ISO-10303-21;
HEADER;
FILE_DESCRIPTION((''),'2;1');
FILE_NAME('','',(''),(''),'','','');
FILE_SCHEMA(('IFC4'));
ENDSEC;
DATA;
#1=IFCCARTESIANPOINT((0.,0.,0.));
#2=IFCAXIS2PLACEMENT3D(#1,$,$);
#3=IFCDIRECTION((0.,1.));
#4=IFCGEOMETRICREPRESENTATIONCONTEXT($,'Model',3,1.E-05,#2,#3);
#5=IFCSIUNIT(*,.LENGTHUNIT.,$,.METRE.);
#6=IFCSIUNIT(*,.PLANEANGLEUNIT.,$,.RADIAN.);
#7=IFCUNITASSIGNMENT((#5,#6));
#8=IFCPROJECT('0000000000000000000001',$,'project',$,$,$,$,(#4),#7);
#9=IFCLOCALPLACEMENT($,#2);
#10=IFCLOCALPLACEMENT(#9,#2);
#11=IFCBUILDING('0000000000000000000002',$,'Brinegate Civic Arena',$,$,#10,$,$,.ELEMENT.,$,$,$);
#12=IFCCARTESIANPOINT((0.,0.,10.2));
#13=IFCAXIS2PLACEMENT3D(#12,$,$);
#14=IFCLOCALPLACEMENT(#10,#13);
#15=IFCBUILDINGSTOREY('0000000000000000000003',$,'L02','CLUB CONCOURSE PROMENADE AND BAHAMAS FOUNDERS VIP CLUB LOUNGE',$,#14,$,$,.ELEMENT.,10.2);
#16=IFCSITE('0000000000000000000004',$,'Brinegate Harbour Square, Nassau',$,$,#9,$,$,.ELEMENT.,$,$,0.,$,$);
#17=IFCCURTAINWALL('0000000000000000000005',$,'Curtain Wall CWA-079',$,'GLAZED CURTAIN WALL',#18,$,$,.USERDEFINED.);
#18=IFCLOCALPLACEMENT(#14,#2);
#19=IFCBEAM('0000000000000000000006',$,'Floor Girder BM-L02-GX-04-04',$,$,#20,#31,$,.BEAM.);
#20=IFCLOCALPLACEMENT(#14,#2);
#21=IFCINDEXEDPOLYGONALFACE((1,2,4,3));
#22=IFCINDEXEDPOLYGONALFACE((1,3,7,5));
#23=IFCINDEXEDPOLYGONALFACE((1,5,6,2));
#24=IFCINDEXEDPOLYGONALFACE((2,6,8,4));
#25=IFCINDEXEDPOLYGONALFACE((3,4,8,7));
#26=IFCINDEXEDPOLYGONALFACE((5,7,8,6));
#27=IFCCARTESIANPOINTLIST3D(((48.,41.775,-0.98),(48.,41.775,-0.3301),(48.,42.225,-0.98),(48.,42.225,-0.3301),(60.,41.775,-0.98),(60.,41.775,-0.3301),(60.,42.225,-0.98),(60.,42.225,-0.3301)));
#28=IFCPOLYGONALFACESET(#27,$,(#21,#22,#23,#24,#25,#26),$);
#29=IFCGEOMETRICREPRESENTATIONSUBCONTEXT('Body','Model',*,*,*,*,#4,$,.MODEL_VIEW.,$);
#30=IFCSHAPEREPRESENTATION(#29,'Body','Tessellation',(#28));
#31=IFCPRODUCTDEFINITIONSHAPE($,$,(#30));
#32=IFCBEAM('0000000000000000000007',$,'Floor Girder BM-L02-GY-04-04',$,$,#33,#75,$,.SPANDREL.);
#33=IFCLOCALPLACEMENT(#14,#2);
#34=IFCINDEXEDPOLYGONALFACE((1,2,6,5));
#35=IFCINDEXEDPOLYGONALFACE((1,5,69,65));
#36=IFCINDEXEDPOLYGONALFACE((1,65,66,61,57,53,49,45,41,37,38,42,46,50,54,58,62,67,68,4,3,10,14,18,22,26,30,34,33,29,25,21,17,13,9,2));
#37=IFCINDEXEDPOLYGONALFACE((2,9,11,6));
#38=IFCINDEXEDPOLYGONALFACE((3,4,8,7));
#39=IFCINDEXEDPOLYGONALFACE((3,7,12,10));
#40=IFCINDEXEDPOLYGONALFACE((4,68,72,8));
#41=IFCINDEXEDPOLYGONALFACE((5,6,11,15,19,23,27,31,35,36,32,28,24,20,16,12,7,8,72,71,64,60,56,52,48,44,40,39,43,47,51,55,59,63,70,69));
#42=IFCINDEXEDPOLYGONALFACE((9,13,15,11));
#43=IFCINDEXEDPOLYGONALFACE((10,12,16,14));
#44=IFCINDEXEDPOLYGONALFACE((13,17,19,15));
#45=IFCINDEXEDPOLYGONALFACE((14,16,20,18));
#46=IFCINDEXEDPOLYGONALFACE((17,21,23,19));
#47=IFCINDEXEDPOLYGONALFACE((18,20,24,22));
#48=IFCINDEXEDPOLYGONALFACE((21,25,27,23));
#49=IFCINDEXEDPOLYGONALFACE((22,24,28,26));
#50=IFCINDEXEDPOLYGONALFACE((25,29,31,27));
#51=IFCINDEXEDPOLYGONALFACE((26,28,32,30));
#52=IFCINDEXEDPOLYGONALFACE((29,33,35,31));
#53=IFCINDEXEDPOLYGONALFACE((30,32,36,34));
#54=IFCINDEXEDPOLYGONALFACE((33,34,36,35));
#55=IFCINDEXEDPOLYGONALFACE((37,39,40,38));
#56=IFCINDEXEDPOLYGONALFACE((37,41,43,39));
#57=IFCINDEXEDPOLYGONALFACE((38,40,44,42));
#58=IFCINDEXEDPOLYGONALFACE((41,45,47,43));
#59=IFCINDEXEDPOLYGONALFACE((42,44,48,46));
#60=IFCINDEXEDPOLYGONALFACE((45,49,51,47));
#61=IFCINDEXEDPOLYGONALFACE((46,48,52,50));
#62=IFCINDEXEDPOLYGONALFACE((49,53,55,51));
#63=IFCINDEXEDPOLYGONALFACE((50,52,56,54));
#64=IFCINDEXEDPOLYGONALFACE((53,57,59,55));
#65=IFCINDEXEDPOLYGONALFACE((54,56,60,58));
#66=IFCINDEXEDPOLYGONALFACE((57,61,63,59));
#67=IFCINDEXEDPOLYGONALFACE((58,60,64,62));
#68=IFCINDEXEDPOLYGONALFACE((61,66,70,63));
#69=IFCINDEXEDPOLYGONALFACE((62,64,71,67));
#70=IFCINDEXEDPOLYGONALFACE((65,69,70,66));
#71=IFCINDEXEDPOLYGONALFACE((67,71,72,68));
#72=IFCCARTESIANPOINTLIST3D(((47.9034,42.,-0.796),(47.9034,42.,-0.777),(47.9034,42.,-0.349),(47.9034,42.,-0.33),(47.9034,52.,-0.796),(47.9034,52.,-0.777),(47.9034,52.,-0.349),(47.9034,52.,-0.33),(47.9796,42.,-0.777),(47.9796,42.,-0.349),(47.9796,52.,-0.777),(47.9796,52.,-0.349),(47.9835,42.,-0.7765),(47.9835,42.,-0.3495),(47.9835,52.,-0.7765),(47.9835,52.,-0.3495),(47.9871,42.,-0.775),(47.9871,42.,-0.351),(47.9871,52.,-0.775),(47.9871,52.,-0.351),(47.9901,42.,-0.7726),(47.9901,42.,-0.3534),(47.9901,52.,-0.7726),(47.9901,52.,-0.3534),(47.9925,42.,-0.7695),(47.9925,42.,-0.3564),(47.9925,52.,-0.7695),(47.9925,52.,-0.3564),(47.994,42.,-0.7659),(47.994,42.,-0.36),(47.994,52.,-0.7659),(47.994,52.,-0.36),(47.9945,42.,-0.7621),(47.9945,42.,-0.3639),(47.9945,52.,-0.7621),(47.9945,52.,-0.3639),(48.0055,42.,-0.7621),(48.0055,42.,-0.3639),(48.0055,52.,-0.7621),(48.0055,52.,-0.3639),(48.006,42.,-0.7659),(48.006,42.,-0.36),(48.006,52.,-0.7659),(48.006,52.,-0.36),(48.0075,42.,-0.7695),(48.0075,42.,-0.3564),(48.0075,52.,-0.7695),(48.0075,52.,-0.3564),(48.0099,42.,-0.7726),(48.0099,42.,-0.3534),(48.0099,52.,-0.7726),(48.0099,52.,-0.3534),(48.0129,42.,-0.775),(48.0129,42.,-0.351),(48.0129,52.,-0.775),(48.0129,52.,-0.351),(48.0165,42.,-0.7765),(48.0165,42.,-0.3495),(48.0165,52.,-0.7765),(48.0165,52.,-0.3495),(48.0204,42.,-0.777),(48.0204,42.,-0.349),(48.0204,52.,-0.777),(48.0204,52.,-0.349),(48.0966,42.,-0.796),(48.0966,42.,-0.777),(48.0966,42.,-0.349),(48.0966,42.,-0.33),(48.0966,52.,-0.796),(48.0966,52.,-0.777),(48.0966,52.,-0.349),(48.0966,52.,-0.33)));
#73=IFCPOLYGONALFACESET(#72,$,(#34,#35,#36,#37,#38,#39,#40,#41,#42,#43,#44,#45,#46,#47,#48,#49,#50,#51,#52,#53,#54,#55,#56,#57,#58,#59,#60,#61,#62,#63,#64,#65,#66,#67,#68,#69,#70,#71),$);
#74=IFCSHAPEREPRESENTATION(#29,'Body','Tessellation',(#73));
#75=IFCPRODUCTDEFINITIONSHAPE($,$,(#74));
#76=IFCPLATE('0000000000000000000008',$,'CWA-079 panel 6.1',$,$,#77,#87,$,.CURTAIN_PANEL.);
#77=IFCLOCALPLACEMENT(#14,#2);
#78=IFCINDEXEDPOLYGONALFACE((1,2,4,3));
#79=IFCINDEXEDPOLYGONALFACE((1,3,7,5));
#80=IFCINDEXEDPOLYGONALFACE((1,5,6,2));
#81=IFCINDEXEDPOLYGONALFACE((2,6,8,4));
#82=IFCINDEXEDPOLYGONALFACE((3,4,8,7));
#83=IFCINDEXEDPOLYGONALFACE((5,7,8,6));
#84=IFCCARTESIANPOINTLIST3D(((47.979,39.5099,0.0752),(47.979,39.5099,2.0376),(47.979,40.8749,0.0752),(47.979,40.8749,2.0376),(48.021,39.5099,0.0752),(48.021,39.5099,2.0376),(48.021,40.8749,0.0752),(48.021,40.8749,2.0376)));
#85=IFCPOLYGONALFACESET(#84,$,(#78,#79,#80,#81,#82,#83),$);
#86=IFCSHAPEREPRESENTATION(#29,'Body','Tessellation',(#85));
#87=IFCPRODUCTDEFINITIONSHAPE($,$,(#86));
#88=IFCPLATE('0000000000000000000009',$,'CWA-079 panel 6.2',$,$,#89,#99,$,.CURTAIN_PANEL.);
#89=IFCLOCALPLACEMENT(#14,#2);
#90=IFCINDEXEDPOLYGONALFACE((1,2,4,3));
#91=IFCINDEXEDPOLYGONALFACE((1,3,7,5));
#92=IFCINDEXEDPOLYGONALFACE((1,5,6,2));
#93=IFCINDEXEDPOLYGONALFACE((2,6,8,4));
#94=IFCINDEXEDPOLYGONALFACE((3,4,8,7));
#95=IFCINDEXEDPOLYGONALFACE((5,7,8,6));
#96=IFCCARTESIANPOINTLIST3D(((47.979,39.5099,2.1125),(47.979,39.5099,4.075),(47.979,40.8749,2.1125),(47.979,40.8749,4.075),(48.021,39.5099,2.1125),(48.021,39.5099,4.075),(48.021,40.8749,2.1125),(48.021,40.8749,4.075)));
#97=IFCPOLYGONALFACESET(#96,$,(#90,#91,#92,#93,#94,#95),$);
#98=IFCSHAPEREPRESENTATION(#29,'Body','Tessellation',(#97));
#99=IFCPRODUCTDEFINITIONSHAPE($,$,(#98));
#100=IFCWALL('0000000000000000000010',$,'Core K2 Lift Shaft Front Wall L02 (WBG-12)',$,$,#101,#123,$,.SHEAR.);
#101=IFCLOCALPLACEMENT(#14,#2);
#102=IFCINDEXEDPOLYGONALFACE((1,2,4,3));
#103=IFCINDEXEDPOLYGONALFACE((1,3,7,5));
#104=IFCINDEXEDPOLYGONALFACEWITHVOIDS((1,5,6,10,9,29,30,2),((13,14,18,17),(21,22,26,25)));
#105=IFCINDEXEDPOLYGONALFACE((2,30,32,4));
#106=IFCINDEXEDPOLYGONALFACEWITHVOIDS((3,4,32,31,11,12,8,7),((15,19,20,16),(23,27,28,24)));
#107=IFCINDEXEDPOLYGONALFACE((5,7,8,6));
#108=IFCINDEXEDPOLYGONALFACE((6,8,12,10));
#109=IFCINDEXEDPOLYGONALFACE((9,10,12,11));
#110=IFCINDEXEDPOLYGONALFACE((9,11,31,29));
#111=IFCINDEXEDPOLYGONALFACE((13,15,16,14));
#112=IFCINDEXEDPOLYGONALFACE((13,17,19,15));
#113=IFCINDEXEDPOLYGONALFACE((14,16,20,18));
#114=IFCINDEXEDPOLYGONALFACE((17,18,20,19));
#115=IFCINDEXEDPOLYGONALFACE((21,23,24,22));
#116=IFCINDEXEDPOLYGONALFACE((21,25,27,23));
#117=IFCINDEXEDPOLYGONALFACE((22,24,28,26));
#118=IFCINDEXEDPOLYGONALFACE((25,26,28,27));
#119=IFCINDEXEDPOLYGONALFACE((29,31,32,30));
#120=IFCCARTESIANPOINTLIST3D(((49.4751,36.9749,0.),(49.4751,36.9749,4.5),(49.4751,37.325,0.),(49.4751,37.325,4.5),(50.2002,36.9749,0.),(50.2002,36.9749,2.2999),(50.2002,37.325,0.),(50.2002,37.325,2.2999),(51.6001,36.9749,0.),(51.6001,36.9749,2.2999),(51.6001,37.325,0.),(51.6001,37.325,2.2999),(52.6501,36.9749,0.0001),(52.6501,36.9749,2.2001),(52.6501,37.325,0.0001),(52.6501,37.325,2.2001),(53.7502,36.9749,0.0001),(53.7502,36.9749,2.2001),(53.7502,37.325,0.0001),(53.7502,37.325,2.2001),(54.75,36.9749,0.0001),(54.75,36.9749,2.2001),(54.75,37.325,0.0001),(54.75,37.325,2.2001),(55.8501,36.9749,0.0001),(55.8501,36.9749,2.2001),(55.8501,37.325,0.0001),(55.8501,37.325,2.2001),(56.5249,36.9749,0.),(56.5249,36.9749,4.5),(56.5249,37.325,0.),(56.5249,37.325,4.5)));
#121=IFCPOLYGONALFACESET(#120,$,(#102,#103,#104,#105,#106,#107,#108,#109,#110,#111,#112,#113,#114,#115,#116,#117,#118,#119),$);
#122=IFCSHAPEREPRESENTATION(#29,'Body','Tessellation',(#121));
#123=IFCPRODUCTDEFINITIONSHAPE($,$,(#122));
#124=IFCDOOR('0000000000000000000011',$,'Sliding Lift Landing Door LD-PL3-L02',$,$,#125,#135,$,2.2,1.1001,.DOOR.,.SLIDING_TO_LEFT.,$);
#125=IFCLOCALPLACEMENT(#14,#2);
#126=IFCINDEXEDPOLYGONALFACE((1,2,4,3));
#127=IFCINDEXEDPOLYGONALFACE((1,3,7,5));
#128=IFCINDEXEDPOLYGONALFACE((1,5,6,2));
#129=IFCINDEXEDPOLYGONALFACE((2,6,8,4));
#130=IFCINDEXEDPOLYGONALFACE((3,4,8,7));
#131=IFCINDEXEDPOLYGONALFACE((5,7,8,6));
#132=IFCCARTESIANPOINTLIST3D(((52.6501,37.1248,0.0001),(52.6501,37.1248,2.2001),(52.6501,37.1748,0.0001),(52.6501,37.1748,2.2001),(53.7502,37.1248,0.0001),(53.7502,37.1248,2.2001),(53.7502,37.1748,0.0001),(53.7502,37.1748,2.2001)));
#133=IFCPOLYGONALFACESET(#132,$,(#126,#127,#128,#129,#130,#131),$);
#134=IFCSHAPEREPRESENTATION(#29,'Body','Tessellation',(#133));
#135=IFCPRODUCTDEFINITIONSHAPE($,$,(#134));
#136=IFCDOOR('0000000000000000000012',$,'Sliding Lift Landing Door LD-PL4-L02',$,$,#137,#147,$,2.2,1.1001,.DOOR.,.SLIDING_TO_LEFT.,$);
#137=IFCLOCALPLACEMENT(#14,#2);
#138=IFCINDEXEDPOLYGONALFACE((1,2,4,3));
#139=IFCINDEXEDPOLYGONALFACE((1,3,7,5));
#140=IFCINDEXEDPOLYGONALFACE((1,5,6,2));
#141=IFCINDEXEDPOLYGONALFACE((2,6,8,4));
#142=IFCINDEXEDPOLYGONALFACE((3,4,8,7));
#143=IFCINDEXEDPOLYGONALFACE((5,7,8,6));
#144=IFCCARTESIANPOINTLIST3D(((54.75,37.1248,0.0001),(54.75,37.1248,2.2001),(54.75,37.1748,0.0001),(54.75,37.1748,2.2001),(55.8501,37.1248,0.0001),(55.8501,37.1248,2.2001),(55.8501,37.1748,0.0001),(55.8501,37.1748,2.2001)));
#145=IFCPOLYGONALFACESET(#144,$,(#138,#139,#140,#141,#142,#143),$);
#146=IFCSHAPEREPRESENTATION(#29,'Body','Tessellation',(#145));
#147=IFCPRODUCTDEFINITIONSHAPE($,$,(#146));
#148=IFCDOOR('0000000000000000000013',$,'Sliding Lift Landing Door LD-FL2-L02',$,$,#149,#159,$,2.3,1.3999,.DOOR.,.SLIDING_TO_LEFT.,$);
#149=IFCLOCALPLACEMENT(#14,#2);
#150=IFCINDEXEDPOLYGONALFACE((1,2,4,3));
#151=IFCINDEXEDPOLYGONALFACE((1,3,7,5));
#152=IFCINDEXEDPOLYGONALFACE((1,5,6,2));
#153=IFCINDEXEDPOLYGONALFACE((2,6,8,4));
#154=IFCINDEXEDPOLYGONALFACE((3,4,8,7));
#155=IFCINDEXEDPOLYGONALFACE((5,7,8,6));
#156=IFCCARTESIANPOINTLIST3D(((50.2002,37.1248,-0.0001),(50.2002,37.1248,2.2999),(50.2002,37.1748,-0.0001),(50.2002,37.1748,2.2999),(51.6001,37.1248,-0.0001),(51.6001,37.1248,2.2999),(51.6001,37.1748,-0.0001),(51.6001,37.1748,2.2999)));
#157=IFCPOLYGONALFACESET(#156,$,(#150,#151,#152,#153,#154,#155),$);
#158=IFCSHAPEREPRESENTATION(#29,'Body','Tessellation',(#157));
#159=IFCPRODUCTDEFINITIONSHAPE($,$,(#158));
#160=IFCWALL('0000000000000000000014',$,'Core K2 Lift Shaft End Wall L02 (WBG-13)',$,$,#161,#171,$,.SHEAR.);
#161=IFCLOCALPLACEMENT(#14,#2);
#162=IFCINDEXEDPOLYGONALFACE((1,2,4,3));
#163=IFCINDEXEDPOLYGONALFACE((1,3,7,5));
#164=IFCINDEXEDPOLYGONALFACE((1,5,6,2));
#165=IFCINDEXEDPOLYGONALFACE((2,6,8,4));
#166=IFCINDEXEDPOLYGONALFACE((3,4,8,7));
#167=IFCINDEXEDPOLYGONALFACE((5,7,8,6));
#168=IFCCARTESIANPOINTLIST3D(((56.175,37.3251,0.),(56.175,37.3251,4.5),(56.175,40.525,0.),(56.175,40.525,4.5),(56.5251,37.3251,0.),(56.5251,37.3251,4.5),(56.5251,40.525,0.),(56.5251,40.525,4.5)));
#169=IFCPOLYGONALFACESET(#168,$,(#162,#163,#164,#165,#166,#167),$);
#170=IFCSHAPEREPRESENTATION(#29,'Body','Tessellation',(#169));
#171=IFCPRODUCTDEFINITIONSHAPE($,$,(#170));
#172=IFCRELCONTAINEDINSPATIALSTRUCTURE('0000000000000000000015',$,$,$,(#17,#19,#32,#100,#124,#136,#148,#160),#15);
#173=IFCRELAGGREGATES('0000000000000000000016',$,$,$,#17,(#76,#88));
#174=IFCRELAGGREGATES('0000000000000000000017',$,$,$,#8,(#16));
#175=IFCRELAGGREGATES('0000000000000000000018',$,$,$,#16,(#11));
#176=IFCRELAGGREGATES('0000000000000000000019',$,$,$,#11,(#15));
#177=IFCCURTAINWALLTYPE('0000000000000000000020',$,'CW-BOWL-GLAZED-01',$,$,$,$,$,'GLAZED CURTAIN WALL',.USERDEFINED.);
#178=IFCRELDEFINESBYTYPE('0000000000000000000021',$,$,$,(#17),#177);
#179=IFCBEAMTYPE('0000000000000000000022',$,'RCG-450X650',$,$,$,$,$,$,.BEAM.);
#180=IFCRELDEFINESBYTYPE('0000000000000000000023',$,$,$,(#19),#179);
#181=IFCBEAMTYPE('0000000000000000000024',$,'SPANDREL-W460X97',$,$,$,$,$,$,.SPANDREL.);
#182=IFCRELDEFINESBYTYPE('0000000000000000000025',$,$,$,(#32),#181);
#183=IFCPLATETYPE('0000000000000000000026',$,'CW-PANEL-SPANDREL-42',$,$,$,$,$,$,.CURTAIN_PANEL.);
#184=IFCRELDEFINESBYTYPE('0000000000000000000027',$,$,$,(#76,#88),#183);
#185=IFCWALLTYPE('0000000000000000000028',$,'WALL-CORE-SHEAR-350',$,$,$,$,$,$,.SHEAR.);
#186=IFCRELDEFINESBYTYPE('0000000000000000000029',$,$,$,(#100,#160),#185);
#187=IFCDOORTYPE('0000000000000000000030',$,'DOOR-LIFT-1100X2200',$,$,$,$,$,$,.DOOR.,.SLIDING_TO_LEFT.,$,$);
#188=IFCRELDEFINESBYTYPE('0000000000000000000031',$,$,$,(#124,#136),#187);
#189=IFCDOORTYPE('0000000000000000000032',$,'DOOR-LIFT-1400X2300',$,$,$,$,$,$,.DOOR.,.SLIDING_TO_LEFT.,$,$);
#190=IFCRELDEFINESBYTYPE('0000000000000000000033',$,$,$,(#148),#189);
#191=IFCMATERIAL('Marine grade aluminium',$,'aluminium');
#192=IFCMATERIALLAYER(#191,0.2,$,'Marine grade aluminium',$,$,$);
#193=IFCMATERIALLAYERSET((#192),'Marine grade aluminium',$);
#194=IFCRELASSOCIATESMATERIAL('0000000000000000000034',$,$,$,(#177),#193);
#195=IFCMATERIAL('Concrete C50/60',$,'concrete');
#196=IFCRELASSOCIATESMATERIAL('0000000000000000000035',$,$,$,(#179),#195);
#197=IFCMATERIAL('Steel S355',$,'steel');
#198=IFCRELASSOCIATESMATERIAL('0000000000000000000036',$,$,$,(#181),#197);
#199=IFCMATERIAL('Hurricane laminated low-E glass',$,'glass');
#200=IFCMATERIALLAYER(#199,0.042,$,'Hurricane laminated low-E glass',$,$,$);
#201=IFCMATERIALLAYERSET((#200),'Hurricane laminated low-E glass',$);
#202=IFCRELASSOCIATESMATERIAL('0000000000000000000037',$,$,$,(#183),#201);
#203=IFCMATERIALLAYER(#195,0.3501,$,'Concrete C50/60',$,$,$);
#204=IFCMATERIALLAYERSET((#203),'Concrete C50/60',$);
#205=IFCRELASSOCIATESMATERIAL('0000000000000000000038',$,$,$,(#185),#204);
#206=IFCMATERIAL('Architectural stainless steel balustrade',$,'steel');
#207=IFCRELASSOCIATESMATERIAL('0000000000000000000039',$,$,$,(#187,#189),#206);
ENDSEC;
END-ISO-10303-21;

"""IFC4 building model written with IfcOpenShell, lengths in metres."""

from ifc_helpers import new_model, si_unit, direction, frame, frame_2d, origin, origin_2d, place, context, subcontext, project, spatial, rectangle, i_section, extrude, material, layer, layer_set, material_profile, profile_set, type_object, element, fill, aggregate, save


model = new_model("IFC4")

# Units and contexts
model_context = context("Model", 3, precision=1e-05, world=origin(), true_north=direction((0.0, 1.0)))
body_context = subcontext(model_context, "Body", "Model", "MODEL_VIEW")
ifc_project = project(units=[si_unit("LENGTHUNIT", "METRE"), si_unit("PLANEANGLEUNIT", "RADIAN")], contexts=[model_context])

# Site, building, storey
site_placement = place(None, origin())
site = spatial("IfcSite", under=ifc_project, at=site_placement, Name="Brinegate Harbour Square, Nassau", CompositionType="ELEMENT", RefElevation=0.0)
building_placement = place(site_placement, origin())
building = spatial("IfcBuilding", under=site, at=building_placement, Name="Brinegate Civic Arena", CompositionType="ELEMENT")
storey_placement = place(building_placement, frame((0.0, 0.0, 10.2)))
storey = spatial("IfcBuildingStorey", under=building, at=storey_placement, Name="L02", Description="CLUB CONCOURSE PROMENADE AND BAHAMAS FOUNDERS VIP CLUB LOUNGE", CompositionType="ELEMENT", Elevation=10.2)

# Shared definitions
ifc_material_1 = material(Name="Concrete C50/60", Category="concrete")

# Curtain wall
ifc_material_2 = material(Name="Marine grade aluminium", Category="aluminium")
ifc_layer_1 = layer(ifc_material_2, 0.2, Name="Marine grade aluminium")
ifc_layer_set_1 = layer_set([ifc_layer_1], Name="Marine grade aluminium")
curtain_wall_type = type_object("IfcCurtainWallType", Name="CW-BOWL-GLAZED-01", ElementType="GLAZED CURTAIN WALL", PredefinedType="USERDEFINED", material=ifc_layer_set_1)
curtain_wall_placement = place(storey_placement, origin())
curtain_wall = element("IfcCurtainWall", 1, at=curtain_wall_placement, inside=storey, type_object=curtain_wall_type, Name="Curtain Wall CWA-079", ObjectType="GLAZED CURTAIN WALL", PredefinedType="USERDEFINED")

# Beams
ifc_material_3 = material(Name="Steel S355", Category="steel")
ifc_material_profile_1 = material_profile(ifc_material_1, rectangle(XDim=0.45, YDim=0.6499, at=origin_2d()), Name="RCB450X650")
ifc_profile_set_1 = profile_set([ifc_material_profile_1], Name="Concrete C50/60")
beam_type_1 = type_object("IfcBeamType", Name="RCG-450X650", PredefinedType="BEAM", material=ifc_profile_set_1)
beam_1_placement = place(storey_placement, frame((48.0, 42.0, -0.655), z_axis=(1.0, 0.0, 0.0), x_axis=(0.0, 1.0, 0.0)))
element("IfcBeam", 2, at=beam_1_placement, inside=storey, type_object=beam_type_1, Name="Floor Girder BM-L02-GX-04-04", PredefinedType="BEAM", context=body_context, shape_type="SweptSolid", body=[
    extrude(rectangle(XDim=0.45, YDim=0.6499, at=origin_2d()), origin(), (0.0, 0.0, 1.0), 12.0),
])
ifc_material_profile_2 = material_profile(ifc_material_3, i_section(OverallWidth=0.1931, OverallDepth=0.4661, WebThickness=0.011, FlangeThickness=0.019, FilletRadius=0.0149, at=origin_2d()), Name="W460X97")
ifc_profile_set_2 = profile_set([ifc_material_profile_2], Name="Steel S355")
beam_type_2 = type_object("IfcBeamType", Name="SPANDREL-W460X97", PredefinedType="SPANDREL", material=ifc_profile_set_2)
beam_2_placement = place(storey_placement, frame((48.0, 42.0, -0.563), z_axis=(0.0, 1.0, 0.0), x_axis=(-1.0, 0.0, 0.0)))
element("IfcBeam", 3, at=beam_2_placement, inside=storey, type_object=beam_type_2, Name="Floor Girder BM-L02-GY-04-04", PredefinedType="SPANDREL", context=body_context, shape_type="SweptSolid", body=[
    extrude(i_section(OverallWidth=0.1931, OverallDepth=0.4661, WebThickness=0.011, FlangeThickness=0.019, FilletRadius=0.0149, at=origin_2d()), origin(), (0.0, 0.0, 1.0), 10.0),
])

# Plates
ifc_material_4 = material(Name="Hurricane laminated low-E glass", Category="glass")
ifc_layer_2 = layer(ifc_material_4, 0.042, Name="Hurricane laminated low-E glass")
ifc_layer_set_2 = layer_set([ifc_layer_2], Name="Hurricane laminated low-E glass")
plate_type = type_object("IfcPlateType", Name="CW-PANEL-SPANDREL-42", PredefinedType="CURTAIN_PANEL", material=ifc_layer_set_2)
plate_1_placement = place(storey_placement, frame((48.0, 40.1924, 0.0752), z_axis=(0.0, 0.0, 1.0), x_axis=(0.0, 1.0, 0.0)))
plate_1 = element("IfcPlate", 4, at=plate_1_placement, type_object=plate_type, Name="CWA-079 panel 6.1", PredefinedType="CURTAIN_PANEL", context=body_context, shape_type="SweptSolid", body=[
    extrude(rectangle(XDim=1.365, YDim=0.042, at=origin_2d()), origin(), (0.0, 0.0, 1.0), 1.9624),
])
plate_2_placement = place(storey_placement, frame((48.0, 40.1924, 2.1125), z_axis=(0.0, 0.0, 1.0), x_axis=(0.0, 1.0, 0.0)))
plate_2 = element("IfcPlate", 5, at=plate_2_placement, type_object=plate_type, Name="CWA-079 panel 6.2", PredefinedType="CURTAIN_PANEL", context=body_context, shape_type="SweptSolid", body=[
    extrude(rectangle(XDim=1.365, YDim=0.042, at=origin_2d()), origin(), (0.0, 0.0, 1.0), 1.9624),
])
aggregate(curtain_wall, [plate_1, plate_2])

# Wall, openings, doors
ifc_layer_3 = layer(ifc_material_1, 0.3501, Name="Concrete C50/60")
ifc_layer_set_3 = layer_set([ifc_layer_3], Name="Concrete C50/60")
wall_type_1 = type_object("IfcWallType", Name="WALL-CORE-SHEAR-350", PredefinedType="SHEAR", material=ifc_layer_set_3)
wall_1_placement = place(storey_placement, frame((49.4751, 37.1499, 0.0), z_axis=(0.0, 0.0, 1.0), x_axis=(1.0, 0.0, 0.0)))
wall_1 = element("IfcWall", 6, at=wall_1_placement, inside=storey, type_object=wall_type_1, Name="Core K2 Lift Shaft Front Wall L02 (WBG-12)", PredefinedType="SHEAR", context=body_context, shape_type="SweptSolid", body=[
    extrude(rectangle(XDim=7.0498, YDim=0.3501, at=frame_2d((3.5249, 0.0))), origin(), (0.0, 0.0, 1.0), 4.5),
])
opening_1_placement = place(wall_1_placement, frame((0.7251, 0.0, 0.0)))
opening_1 = element("IfcOpeningElement", 7, at=opening_1_placement, cuts=wall_1, PredefinedType="OPENING", context=body_context, shape_type="SweptSolid", body=[
    extrude(rectangle(XDim=1.3999, YDim=2.3, at=frame_2d((0.7, 1.1499))), frame((0.0, 0.1851, 0.0), z_axis=(0.0, -1.0, 0.0), x_axis=(1.0, 0.0, 0.0)), (0.0, 0.0, 1.0), 0.3701),
])
opening_2_placement = place(wall_1_placement, frame((3.175, 0.0, 0.0)))
opening_2 = element("IfcOpeningElement", 8, at=opening_2_placement, cuts=wall_1, PredefinedType="OPENING", context=body_context, shape_type="SweptSolid", body=[
    extrude(rectangle(XDim=1.1001, YDim=2.2, at=frame_2d((0.55, 1.1001))), frame((0.0, 0.1851, 0.0), z_axis=(0.0, -1.0, 0.0), x_axis=(1.0, 0.0, 0.0)), (0.0, 0.0, 1.0), 0.3701),
])
opening_3_placement = place(wall_1_placement, frame((5.2749, 0.0, 0.0)))
opening_3 = element("IfcOpeningElement", 9, at=opening_3_placement, cuts=wall_1, PredefinedType="OPENING", context=body_context, shape_type="SweptSolid", body=[
    extrude(rectangle(XDim=1.1001, YDim=2.2, at=frame_2d((0.55, 1.1001))), frame((0.0, 0.1851, 0.0), z_axis=(0.0, -1.0, 0.0), x_axis=(1.0, 0.0, 0.0)), (0.0, 0.0, 1.0), 0.3701),
])
ifc_material_5 = material(Name="Architectural stainless steel balustrade", Category="steel")
door_type_1 = type_object("IfcDoorType", Name="DOOR-LIFT-1100X2200", OperationType="SLIDING_TO_LEFT", PredefinedType="DOOR", material=ifc_material_5)
door_1_placement = place(opening_2_placement, origin())
door_1 = element("IfcDoor", 10, at=door_1_placement, inside=storey, type_object=door_type_1, Name="Sliding Lift Landing Door LD-PL3-L02", OperationType="SLIDING_TO_LEFT", OverallHeight=2.2, OverallWidth=1.1001, PredefinedType="DOOR", context=body_context, shape_type="SweptSolid", body=[
    extrude(rectangle(XDim=1.1001, YDim=2.2, at=frame_2d((0.55, 1.1001))), frame((0.0, 0.0249, 0.0), z_axis=(0.0, -1.0, 0.0), x_axis=(1.0, 0.0, 0.0)), (0.0, 0.0, 1.0), 0.05),
])
fill(opening_2, door_1)
door_2_placement = place(opening_3_placement, origin())
door_2 = element("IfcDoor", 11, at=door_2_placement, inside=storey, type_object=door_type_1, Name="Sliding Lift Landing Door LD-PL4-L02", OperationType="SLIDING_TO_LEFT", OverallHeight=2.2, OverallWidth=1.1001, PredefinedType="DOOR", context=body_context, shape_type="SweptSolid", body=[
    extrude(rectangle(XDim=1.1001, YDim=2.2, at=frame_2d((0.55, 1.1001))), frame((0.0, 0.0249, 0.0), z_axis=(0.0, -1.0, 0.0), x_axis=(1.0, 0.0, 0.0)), (0.0, 0.0, 1.0), 0.05),
])
fill(opening_3, door_2)
door_type_2 = type_object("IfcDoorType", Name="DOOR-LIFT-1400X2300", OperationType="SLIDING_TO_LEFT", PredefinedType="DOOR", material=ifc_material_5)
door_3_placement = place(opening_1_placement, origin())
door_3 = element("IfcDoor", 12, at=door_3_placement, inside=storey, type_object=door_type_2, Name="Sliding Lift Landing Door LD-FL2-L02", OperationType="SLIDING_TO_LEFT", OverallHeight=2.3, OverallWidth=1.3999, PredefinedType="DOOR", context=body_context, shape_type="SweptSolid", body=[
    extrude(rectangle(XDim=1.3999, YDim=2.3, at=frame_2d((0.7, 1.1499))), frame((0.0, 0.0249, 0.0), z_axis=(0.0, -1.0, 0.0), x_axis=(1.0, 0.0, 0.0)), (0.0, 0.0, 1.0), 0.05),
])
fill(opening_1, door_3)

# Wall
wall_2_placement = place(storey_placement, frame((56.3501, 37.325, 0.0), z_axis=(0.0, 0.0, 1.0), x_axis=(0.0, 1.0, 0.0)))
element("IfcWall", 13, at=wall_2_placement, inside=storey, type_object=wall_type_1, Name="Core K2 Lift Shaft End Wall L02 (WBG-13)", PredefinedType="SHEAR", context=body_context, shape_type="SweptSolid", body=[
    extrude(rectangle(XDim=3.2, YDim=0.3501, at=frame_2d((1.6001, 0.0))), origin(), (0.0, 0.0, 1.0), 4.5),
])

save(model, "model.ifc")
